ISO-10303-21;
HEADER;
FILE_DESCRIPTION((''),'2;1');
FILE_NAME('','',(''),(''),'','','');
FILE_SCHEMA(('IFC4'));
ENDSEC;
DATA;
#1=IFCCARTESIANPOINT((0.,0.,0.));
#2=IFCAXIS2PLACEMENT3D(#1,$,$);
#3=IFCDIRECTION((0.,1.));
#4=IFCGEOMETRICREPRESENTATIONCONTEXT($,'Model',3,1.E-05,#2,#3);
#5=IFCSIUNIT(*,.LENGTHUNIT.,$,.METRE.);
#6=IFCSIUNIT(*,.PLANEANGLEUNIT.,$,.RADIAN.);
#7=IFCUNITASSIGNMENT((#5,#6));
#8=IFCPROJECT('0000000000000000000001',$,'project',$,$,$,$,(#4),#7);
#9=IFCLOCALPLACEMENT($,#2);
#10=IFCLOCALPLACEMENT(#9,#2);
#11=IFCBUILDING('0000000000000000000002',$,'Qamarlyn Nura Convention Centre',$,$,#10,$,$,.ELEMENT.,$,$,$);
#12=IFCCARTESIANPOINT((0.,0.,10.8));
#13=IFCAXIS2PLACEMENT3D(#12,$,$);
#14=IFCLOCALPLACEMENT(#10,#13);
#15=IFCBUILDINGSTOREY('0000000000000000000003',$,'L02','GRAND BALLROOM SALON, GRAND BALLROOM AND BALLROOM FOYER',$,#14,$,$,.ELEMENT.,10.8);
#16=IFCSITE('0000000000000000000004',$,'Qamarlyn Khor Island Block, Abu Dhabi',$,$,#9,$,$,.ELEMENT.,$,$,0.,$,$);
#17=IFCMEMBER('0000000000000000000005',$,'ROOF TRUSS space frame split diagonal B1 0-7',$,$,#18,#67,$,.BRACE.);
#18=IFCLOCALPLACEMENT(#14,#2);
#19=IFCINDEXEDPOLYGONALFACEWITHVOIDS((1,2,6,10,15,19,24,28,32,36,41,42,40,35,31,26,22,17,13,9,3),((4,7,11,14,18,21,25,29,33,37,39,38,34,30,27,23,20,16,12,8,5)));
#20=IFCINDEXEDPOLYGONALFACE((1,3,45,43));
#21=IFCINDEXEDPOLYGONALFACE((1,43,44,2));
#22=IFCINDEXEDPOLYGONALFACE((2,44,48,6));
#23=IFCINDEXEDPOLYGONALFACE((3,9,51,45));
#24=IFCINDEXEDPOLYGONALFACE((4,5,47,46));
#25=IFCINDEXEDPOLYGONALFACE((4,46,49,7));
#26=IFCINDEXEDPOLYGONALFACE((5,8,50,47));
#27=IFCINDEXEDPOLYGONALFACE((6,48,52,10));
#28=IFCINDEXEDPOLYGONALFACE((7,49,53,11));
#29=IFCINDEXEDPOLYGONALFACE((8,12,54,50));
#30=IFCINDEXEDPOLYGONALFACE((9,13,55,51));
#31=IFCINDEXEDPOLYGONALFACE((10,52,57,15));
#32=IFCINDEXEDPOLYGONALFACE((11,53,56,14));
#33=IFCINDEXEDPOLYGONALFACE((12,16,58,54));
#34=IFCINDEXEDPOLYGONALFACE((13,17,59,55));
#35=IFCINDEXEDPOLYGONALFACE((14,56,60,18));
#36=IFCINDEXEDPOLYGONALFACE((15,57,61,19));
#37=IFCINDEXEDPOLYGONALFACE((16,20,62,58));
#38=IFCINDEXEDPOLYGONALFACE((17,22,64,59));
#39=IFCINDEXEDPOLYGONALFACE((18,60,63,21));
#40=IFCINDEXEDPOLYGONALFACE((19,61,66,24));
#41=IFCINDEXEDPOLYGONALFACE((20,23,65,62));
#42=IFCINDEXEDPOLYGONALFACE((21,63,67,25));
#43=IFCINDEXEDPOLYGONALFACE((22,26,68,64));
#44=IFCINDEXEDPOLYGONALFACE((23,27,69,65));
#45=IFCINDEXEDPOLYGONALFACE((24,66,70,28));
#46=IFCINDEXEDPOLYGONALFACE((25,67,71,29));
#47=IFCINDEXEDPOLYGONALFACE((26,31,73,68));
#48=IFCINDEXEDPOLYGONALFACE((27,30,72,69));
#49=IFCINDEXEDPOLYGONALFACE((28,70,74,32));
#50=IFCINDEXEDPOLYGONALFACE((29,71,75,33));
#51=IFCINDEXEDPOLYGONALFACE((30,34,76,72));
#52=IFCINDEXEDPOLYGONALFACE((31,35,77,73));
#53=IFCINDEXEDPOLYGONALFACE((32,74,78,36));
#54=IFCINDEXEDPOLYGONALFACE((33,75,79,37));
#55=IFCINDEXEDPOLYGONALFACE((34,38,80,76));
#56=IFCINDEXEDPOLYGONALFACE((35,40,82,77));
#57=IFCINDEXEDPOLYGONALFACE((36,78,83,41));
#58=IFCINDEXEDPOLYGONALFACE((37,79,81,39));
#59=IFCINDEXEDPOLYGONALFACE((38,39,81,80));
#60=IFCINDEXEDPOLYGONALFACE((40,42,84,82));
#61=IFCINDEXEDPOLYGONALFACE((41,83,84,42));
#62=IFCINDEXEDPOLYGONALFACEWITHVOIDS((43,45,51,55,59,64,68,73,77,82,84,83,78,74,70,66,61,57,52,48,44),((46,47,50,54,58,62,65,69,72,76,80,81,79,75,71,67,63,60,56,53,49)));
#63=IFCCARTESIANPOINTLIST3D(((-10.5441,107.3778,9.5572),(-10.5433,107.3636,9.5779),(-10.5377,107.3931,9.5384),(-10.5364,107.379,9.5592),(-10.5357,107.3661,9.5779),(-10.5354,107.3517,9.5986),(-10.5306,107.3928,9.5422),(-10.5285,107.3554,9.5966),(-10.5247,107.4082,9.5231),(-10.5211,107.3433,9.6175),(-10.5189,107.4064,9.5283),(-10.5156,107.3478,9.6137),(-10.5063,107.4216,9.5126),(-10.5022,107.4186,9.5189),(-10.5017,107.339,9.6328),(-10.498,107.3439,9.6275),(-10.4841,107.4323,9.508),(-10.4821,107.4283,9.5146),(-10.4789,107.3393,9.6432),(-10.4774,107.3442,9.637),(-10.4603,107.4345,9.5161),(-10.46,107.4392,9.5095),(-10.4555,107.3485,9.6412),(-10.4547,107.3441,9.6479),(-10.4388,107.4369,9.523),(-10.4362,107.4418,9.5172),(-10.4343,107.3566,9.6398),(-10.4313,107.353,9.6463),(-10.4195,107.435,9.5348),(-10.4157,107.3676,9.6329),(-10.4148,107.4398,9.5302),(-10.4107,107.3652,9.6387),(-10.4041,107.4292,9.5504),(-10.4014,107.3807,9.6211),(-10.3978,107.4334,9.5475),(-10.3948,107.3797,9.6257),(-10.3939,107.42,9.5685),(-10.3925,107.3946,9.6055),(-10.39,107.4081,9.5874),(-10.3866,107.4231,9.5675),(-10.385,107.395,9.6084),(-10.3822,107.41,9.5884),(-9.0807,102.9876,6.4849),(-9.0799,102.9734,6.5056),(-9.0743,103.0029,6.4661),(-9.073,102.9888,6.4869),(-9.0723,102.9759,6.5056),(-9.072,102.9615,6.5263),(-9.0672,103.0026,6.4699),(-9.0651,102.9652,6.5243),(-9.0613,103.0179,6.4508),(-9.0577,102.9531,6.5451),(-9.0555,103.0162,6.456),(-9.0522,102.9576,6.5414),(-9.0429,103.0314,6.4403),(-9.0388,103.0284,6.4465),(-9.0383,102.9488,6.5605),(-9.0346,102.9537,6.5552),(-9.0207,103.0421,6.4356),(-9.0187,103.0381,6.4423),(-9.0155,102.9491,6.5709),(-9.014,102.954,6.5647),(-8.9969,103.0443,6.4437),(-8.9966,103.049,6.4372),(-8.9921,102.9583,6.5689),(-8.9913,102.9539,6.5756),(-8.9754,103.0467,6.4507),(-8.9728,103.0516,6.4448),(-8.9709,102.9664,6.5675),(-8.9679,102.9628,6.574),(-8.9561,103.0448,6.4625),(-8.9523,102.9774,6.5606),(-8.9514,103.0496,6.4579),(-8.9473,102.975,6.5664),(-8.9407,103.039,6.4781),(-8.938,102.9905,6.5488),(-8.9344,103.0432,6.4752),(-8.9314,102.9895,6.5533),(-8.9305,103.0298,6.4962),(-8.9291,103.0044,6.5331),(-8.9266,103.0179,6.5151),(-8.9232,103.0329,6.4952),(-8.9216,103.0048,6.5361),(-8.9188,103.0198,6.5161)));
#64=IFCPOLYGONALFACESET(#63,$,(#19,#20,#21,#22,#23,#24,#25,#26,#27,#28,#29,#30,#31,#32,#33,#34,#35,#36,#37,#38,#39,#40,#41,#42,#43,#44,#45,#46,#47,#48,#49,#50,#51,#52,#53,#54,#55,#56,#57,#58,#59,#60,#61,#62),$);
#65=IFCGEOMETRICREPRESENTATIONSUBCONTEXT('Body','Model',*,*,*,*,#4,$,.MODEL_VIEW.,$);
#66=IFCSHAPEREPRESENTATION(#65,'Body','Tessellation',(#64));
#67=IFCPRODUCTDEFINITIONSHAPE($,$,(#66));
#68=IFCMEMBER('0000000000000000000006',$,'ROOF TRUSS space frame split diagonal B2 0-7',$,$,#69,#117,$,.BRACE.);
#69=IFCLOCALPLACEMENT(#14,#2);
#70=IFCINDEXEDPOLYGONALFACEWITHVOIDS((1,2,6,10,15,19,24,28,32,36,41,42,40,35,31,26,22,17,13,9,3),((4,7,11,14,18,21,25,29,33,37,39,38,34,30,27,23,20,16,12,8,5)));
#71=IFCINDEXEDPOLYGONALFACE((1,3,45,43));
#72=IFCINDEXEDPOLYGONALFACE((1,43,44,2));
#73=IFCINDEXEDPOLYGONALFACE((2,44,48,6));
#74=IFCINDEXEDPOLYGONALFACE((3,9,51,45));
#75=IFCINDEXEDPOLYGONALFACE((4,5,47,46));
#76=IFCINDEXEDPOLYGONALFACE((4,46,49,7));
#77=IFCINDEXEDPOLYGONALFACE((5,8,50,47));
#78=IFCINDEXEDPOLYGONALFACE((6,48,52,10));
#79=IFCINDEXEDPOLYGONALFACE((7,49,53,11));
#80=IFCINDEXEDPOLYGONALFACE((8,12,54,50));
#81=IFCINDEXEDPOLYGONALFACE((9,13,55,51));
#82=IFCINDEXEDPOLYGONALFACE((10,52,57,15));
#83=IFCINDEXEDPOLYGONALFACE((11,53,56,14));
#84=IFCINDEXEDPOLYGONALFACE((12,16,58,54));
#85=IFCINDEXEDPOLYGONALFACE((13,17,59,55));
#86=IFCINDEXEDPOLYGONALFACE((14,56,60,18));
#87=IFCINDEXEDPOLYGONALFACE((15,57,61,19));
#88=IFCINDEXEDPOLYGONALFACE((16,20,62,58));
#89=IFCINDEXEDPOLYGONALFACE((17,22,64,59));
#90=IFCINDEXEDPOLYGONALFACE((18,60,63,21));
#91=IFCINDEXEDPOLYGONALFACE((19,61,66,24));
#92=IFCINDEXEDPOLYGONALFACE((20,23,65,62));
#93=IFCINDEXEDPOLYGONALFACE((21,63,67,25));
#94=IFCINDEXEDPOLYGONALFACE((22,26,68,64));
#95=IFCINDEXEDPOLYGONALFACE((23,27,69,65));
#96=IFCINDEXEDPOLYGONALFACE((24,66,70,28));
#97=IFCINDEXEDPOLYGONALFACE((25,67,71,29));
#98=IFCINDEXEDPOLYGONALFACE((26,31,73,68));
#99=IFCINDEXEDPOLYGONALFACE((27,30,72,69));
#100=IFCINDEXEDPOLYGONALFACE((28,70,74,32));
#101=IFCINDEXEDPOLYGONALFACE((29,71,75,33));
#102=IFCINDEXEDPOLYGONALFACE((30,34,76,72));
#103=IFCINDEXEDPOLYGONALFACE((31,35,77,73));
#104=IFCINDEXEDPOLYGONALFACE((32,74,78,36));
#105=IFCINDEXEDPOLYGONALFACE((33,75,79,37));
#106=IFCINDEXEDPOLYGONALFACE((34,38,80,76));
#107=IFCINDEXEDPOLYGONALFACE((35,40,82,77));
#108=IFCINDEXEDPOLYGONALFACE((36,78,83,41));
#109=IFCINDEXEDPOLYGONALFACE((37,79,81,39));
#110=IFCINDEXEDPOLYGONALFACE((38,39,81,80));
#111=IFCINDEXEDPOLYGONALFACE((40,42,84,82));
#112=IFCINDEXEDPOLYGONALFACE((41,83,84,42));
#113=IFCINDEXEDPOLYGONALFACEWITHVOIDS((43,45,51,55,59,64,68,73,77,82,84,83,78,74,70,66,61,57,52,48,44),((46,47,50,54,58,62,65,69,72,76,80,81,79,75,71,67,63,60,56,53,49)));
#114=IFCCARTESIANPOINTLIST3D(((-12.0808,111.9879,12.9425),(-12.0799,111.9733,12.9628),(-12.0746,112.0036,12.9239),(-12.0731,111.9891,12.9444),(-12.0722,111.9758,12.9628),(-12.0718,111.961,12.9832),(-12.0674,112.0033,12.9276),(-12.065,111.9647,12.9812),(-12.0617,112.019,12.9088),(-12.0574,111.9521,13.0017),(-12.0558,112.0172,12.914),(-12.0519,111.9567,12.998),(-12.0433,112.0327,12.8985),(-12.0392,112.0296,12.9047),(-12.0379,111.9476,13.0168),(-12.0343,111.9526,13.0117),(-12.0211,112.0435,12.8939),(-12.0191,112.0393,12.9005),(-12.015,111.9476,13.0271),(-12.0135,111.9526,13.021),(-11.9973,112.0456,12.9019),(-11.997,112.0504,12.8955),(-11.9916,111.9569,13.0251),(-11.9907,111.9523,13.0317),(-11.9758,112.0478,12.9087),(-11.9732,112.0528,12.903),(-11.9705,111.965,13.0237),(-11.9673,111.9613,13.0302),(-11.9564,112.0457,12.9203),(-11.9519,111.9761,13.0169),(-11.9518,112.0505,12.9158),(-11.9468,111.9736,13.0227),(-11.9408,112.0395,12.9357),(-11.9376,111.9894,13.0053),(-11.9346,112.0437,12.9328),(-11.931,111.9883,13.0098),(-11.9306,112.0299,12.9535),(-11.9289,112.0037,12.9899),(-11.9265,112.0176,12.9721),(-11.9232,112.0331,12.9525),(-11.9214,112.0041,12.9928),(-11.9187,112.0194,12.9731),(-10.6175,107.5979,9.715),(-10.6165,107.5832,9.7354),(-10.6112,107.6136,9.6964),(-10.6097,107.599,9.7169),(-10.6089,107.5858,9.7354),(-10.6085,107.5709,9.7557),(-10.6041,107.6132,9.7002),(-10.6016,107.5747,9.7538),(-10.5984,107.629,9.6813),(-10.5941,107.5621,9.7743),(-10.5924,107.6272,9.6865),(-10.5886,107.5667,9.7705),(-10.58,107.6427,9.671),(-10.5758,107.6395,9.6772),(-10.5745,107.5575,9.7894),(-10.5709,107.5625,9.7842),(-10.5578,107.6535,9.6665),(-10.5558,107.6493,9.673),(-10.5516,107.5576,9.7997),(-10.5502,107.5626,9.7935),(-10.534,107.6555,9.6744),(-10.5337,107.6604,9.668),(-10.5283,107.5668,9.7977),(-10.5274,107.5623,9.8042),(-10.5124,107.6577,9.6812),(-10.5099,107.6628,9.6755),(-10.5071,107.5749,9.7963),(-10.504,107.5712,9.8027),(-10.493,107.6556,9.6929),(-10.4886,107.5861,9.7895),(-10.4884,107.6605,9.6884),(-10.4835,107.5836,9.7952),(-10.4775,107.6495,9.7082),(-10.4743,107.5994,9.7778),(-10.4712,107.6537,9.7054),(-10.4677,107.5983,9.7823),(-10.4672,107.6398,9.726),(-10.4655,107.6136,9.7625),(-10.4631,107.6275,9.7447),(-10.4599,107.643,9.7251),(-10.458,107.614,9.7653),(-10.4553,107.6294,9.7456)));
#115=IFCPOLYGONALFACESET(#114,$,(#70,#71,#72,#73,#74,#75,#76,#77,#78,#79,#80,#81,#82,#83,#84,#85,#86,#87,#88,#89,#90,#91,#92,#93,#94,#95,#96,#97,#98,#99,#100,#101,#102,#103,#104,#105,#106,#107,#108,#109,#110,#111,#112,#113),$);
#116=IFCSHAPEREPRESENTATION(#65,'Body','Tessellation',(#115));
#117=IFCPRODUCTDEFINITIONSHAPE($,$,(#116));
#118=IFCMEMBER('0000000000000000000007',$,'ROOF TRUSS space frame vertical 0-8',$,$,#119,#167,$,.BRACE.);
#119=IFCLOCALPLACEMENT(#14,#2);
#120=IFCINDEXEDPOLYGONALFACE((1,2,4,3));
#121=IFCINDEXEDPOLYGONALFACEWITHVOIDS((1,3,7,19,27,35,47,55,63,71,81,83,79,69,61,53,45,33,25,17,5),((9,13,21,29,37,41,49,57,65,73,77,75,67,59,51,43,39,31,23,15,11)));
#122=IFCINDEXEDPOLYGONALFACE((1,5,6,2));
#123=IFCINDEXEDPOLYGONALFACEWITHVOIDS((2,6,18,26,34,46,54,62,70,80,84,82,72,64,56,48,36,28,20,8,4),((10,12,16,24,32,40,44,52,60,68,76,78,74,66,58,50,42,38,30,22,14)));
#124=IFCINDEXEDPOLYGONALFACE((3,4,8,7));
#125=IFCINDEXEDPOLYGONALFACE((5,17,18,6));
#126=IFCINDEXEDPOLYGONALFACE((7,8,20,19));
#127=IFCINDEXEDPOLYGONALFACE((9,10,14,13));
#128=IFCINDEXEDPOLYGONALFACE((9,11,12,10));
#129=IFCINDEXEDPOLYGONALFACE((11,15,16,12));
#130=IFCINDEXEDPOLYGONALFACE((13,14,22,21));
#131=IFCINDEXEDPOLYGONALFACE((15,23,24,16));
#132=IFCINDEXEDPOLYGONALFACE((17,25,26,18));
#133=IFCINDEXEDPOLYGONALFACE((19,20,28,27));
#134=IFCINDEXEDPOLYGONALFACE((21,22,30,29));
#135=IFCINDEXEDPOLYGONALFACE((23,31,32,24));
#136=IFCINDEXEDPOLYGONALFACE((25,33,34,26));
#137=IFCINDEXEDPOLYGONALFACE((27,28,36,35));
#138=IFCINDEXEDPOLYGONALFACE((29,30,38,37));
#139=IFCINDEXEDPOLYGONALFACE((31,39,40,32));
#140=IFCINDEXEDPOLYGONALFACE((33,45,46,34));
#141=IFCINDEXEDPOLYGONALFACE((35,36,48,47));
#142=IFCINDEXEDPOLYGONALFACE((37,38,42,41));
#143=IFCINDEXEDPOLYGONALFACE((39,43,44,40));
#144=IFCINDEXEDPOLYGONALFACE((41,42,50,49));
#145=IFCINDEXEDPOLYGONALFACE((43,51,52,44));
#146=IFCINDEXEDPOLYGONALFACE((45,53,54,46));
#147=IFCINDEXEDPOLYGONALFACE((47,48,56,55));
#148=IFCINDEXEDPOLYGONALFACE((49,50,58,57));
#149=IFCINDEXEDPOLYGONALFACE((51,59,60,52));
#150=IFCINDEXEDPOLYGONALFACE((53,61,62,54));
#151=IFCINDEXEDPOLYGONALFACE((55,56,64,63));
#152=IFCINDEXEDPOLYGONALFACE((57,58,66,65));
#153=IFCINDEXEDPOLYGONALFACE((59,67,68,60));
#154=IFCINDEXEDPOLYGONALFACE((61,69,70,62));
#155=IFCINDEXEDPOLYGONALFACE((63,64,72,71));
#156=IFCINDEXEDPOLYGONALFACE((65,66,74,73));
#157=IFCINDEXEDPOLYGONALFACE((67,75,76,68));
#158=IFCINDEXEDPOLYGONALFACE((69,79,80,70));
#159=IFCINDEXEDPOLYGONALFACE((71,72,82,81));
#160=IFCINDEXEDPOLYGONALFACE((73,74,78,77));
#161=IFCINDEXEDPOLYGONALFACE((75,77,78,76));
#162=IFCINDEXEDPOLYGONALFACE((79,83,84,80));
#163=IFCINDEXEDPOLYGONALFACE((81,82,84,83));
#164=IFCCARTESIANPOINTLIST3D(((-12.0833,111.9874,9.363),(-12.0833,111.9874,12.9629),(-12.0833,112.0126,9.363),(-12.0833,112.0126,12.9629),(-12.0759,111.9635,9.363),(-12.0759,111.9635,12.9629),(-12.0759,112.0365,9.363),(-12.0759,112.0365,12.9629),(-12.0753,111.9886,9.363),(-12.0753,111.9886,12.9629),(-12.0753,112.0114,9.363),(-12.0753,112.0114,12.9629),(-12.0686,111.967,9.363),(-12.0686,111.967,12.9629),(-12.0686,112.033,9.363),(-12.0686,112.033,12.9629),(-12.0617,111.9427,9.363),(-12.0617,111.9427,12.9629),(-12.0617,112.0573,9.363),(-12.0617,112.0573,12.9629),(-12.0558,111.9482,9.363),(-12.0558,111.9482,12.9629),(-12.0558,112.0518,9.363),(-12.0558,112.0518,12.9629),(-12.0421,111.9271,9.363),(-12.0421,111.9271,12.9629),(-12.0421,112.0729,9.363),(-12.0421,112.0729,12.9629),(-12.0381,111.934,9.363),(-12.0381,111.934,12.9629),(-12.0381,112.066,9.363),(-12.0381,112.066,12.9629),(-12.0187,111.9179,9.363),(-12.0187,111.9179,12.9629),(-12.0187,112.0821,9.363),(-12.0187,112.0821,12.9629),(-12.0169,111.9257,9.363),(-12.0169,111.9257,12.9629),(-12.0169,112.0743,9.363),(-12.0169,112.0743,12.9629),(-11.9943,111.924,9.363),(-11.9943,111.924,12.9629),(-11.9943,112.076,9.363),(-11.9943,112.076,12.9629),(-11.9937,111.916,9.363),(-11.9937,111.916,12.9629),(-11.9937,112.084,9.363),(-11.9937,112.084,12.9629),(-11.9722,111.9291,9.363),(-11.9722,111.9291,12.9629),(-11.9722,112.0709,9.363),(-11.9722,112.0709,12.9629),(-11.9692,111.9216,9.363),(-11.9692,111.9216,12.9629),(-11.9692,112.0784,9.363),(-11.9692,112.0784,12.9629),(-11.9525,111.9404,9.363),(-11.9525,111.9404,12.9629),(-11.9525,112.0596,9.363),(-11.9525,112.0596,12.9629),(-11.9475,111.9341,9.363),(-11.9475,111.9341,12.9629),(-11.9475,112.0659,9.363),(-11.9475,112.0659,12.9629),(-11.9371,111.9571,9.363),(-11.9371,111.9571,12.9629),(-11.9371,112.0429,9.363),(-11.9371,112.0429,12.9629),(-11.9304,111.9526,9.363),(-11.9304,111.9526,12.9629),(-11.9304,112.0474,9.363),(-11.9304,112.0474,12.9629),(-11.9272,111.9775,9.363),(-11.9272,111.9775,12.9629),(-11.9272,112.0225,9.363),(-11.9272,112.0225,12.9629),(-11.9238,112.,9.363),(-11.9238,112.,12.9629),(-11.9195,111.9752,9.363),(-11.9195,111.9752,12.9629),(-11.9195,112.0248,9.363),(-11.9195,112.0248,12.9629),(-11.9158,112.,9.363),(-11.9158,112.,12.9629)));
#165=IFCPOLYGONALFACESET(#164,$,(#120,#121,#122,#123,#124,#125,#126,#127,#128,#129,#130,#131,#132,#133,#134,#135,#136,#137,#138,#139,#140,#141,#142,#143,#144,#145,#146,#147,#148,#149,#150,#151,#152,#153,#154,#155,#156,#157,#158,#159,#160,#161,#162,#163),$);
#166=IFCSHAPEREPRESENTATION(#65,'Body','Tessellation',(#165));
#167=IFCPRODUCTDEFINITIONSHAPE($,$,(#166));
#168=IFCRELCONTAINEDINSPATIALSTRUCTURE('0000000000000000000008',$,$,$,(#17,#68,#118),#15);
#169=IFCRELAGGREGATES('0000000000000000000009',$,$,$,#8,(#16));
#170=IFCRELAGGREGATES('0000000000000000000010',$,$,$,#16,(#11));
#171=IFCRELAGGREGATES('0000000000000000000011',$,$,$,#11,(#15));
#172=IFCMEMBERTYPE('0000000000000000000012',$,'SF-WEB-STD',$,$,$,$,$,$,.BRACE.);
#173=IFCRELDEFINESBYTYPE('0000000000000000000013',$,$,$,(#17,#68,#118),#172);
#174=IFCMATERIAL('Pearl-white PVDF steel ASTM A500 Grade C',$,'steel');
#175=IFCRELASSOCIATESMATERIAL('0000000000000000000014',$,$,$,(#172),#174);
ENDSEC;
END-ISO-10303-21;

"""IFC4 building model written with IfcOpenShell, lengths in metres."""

from ifc_helpers import new_model, si_unit, direction, frame, origin, origin_2d, place, context, subcontext, project, spatial, hollow_circle, extrude, material, material_profile, profile_set, type_object, element, save


model = new_model("IFC4")

# Units and contexts
model_context = context("Model", 3, precision=1e-05, world=origin(), true_north=direction((0.0, 1.0)))
body_context = subcontext(model_context, "Body", "Model", "MODEL_VIEW")
ifc_project = project(units=[si_unit("LENGTHUNIT", "METRE"), si_unit("PLANEANGLEUNIT", "RADIAN")], contexts=[model_context])

# Site, building, storey
site_placement = place(None, origin())
site = spatial("IfcSite", under=ifc_project, at=site_placement, Name="Qamarlyn Khor Island Block, Abu Dhabi", CompositionType="ELEMENT", RefElevation=0.0)
building_placement = place(site_placement, origin())
building = spatial("IfcBuilding", under=site, at=building_placement, Name="Qamarlyn Nura Convention Centre", CompositionType="ELEMENT")
storey_placement = place(building_placement, frame((0.0, 0.0, 10.8)))
storey = spatial("IfcBuildingStorey", under=building, at=storey_placement, Name="L02", Description="GRAND BALLROOM SALON, GRAND BALLROOM AND BALLROOM FOYER", CompositionType="ELEMENT", Elevation=10.8)

# Members
ifc_material_1 = material(Name="Pearl-white PVDF steel ASTM A500 Grade C", Category="steel")
ifc_material_profile_1 = material_profile(ifc_material_1, hollow_circle(Radius=0.0842, WallThickness=0.0081, at=origin_2d()), Name="CHS168.3X8")
ifc_profile_set_1 = profile_set([ifc_material_profile_1], Name="Pearl-white PVDF steel ASTM A500 Grade C")
member_type_1 = type_object("IfcMemberType", Name="SF-WEB-STD", PredefinedType="BRACE", material=ifc_profile_set_1)
member_1_placement = place(storey_placement, frame((-9.0, 103.0, 6.5056), z_axis=(-0.263453, 0.79036, 0.553103), x_axis=(-0.948683, -0.316228, 0.0)))
element("IfcMember", 1, at=member_1_placement, inside=storey, type_object=member_type_1, Name="ROOF TRUSS space frame split diagonal B1 0-7", PredefinedType="BRACE", context=body_context, shape_type="SweptSolid", body=[
    extrude(hollow_circle(Radius=0.0842, WallThickness=0.0081, at=origin_2d()), origin(), (0.0, 0.0, 1.0), 5.5547),
])
member_2_placement = place(storey_placement, frame((-10.5366, 107.6099, 9.7354), z_axis=(-0.259374, 0.778122, 0.572059), x_axis=(-0.948683, -0.316228, 0.0)))
element("IfcMember", 2, at=member_2_placement, inside=storey, type_object=member_type_1, Name="ROOF TRUSS space frame split diagonal B2 0-7", PredefinedType="BRACE", context=body_context, shape_type="SweptSolid", body=[
    extrude(hollow_circle(Radius=0.0842, WallThickness=0.0081, at=origin_2d()), origin(), (0.0, 0.0, 1.0), 5.6418),
])
member_3_placement = place(storey_placement, frame((-12.0, 112.0, 9.363), z_axis=(0.0, 0.0, 1.0), x_axis=(1.0, 0.0, 0.0)))
element("IfcMember", 3, at=member_3_placement, inside=storey, type_object=member_type_1, Name="ROOF TRUSS space frame vertical 0-8", PredefinedType="BRACE", context=body_context, shape_type="SweptSolid", body=[
    extrude(hollow_circle(Radius=0.0842, WallThickness=0.0081, at=origin_2d()), origin(), (0.0, 0.0, 1.0), 3.5999),
])

save(model, "model.ifc")
